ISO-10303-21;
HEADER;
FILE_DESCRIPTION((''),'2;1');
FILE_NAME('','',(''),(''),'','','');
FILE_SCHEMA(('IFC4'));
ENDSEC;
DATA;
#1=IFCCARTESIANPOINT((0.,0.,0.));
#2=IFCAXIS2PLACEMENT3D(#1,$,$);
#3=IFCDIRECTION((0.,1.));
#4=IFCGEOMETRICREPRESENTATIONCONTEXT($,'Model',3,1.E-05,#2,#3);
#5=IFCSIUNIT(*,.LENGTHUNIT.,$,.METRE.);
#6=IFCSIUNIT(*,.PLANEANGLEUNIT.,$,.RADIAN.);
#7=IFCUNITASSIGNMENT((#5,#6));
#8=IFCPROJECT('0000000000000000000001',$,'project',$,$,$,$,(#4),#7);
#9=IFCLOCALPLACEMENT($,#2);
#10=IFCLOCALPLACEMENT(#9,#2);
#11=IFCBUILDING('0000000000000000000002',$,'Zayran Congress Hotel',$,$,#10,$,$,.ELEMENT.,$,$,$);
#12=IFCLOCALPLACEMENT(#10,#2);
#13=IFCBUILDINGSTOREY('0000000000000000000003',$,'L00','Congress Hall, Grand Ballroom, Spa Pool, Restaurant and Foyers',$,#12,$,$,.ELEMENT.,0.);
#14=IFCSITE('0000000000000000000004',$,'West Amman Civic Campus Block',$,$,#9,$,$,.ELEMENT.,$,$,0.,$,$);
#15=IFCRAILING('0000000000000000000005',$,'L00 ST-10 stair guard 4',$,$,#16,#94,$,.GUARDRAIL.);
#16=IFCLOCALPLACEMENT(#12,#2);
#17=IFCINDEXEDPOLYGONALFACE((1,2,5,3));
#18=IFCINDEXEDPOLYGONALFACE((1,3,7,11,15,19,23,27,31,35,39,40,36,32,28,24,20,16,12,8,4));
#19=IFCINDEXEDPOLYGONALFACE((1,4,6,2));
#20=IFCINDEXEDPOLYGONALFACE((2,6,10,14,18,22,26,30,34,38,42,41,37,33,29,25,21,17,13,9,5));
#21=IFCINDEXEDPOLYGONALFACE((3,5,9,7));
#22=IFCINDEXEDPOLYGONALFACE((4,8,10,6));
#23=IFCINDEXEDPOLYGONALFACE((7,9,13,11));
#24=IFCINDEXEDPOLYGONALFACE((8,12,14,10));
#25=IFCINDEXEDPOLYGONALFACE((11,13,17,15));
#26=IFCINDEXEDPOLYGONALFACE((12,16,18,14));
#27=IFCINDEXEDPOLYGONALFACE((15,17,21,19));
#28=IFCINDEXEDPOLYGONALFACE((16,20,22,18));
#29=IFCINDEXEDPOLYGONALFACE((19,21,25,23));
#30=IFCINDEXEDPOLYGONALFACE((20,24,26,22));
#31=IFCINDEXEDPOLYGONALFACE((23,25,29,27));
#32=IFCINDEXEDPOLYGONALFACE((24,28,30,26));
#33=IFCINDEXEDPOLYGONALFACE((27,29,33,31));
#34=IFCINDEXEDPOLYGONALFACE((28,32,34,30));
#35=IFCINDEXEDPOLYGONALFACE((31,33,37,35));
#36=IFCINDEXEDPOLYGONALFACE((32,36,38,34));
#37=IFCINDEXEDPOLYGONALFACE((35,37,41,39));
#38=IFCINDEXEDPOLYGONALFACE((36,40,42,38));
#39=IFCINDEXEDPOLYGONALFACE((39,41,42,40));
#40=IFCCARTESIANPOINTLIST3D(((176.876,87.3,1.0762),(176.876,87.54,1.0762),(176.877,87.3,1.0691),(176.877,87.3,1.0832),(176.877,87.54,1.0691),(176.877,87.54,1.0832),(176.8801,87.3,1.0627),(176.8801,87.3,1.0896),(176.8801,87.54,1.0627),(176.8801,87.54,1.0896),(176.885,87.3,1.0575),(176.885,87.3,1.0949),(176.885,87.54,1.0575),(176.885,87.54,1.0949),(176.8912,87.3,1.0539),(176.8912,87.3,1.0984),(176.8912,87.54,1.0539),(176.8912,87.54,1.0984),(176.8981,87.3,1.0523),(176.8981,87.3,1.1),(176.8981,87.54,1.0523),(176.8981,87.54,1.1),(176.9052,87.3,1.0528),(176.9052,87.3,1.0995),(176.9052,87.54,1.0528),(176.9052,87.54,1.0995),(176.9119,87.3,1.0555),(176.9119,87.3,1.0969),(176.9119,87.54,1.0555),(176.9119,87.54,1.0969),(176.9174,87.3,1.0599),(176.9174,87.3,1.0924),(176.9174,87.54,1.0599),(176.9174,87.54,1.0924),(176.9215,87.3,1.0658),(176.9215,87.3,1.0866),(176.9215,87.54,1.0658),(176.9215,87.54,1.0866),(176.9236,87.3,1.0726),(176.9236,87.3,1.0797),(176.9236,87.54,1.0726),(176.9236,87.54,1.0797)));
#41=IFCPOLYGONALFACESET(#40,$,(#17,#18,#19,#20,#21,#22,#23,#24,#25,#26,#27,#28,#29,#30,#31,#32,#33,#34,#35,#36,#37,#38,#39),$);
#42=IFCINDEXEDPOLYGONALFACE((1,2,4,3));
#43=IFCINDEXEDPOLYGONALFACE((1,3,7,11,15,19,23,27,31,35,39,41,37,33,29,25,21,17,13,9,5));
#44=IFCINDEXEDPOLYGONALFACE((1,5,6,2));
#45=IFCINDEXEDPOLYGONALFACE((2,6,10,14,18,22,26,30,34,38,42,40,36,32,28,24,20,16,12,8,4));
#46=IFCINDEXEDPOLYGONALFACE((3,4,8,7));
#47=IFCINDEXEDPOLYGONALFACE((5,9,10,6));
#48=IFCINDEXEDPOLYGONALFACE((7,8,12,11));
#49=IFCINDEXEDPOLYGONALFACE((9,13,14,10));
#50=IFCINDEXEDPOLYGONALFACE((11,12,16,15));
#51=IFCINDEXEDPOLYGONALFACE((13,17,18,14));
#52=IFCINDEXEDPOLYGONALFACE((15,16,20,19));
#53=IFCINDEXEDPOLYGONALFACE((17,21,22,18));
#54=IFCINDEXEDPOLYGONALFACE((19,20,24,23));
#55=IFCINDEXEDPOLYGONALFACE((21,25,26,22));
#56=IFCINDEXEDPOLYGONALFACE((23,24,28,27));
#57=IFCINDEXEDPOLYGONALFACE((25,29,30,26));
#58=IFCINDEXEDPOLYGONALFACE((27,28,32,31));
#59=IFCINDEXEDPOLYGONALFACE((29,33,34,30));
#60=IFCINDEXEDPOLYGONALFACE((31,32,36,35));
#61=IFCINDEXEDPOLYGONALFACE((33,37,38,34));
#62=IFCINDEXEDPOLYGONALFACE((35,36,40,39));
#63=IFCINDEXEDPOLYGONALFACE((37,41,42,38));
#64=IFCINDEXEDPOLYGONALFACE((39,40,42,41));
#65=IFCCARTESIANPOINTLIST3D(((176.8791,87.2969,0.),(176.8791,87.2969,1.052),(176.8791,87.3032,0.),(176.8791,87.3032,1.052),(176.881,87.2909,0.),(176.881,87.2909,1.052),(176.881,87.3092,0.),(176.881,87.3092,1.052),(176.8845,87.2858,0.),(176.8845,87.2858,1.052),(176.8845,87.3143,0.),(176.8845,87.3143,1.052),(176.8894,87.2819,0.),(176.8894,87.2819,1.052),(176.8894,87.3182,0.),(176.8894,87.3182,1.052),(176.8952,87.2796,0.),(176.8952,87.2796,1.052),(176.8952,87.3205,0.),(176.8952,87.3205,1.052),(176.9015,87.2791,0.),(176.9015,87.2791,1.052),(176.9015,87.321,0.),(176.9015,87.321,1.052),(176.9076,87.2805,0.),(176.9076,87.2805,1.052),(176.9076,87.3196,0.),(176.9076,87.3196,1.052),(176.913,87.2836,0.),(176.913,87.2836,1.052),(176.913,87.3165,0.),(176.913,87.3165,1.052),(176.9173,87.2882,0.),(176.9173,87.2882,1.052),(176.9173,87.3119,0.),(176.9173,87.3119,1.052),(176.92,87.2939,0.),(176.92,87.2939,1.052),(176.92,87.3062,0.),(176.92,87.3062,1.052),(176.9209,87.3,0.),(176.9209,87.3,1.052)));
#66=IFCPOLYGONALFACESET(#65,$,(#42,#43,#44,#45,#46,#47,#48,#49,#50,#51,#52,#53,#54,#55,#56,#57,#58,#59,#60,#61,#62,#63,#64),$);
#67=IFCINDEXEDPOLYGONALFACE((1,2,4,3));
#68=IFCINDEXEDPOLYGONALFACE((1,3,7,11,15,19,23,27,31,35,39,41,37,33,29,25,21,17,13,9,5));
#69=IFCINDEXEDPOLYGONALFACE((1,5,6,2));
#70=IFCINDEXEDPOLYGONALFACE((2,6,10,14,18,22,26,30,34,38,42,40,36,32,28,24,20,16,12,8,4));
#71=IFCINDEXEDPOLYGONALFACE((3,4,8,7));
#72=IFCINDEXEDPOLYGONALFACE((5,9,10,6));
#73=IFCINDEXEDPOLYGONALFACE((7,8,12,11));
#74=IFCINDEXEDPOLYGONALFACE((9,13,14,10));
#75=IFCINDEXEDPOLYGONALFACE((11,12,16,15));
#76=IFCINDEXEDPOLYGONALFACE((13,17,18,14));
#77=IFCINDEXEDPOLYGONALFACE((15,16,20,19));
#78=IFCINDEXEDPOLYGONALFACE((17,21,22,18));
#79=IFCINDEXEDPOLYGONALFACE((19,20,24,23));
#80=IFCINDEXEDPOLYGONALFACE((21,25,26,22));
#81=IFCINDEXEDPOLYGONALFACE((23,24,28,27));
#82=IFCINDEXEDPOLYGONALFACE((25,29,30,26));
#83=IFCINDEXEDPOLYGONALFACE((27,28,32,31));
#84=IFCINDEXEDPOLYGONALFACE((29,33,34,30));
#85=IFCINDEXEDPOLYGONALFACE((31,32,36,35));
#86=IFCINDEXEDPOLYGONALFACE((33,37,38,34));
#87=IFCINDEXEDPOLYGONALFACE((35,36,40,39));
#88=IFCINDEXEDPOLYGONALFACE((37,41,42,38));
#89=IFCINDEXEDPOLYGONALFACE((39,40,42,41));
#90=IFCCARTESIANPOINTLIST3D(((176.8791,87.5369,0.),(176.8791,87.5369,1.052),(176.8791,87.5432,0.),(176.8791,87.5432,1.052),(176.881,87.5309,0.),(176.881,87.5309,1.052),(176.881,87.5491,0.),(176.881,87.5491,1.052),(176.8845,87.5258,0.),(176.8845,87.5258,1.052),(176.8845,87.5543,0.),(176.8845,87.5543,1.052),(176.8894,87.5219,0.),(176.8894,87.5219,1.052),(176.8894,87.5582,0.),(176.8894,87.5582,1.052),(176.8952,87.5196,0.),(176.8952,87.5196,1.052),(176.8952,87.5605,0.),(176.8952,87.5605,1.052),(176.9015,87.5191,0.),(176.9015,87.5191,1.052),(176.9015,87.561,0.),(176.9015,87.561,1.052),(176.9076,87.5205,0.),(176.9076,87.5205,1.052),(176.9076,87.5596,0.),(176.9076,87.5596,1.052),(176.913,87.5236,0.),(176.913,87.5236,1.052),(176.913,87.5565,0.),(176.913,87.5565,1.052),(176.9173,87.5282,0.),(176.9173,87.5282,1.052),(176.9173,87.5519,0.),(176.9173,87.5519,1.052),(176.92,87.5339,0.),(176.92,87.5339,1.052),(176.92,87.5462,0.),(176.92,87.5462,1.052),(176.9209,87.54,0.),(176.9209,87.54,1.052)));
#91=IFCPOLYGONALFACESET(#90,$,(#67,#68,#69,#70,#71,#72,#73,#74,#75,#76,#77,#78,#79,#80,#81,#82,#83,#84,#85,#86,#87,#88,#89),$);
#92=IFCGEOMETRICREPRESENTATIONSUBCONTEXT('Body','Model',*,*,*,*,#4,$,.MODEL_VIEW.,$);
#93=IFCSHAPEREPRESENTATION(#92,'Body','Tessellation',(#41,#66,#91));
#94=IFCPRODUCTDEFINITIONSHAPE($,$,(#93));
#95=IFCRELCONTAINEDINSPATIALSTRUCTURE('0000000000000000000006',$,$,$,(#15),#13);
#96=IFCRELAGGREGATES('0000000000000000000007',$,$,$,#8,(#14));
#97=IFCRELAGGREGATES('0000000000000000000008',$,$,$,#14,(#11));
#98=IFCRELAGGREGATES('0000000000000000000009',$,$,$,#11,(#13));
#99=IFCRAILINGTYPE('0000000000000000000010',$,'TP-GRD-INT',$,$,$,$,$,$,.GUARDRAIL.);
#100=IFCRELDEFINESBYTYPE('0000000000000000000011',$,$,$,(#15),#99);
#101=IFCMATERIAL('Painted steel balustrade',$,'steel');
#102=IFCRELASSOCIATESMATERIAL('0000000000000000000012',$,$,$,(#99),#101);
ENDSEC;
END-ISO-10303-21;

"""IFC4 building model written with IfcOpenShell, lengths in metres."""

from ifc_helpers import new_model, si_unit, direction, frame, origin, origin_2d, place, context, subcontext, project, spatial, circle, extrude, material, type_object, element, save


model = new_model("IFC4")

# Units and contexts
model_context = context("Model", 3, precision=1e-05, world=origin(), true_north=direction((0.0, 1.0)))
body_context = subcontext(model_context, "Body", "Model", "MODEL_VIEW")
ifc_project = project(units=[si_unit("LENGTHUNIT", "METRE"), si_unit("PLANEANGLEUNIT", "RADIAN")], contexts=[model_context])

# Site, building, storey
site_placement = place(None, origin())
site = spatial("IfcSite", under=ifc_project, at=site_placement, Name="West Amman Civic Campus Block", CompositionType="ELEMENT", RefElevation=0.0)
building_placement = place(site_placement, origin())
building = spatial("IfcBuilding", under=site, at=building_placement, Name="Zayran Congress Hotel", CompositionType="ELEMENT")
storey_placement = place(building_placement, origin())
storey = spatial("IfcBuildingStorey", under=building, at=storey_placement, Name="L00", Description="Congress Hall, Grand Ballroom, Spa Pool, Restaurant and Foyers", CompositionType="ELEMENT", Elevation=0.0)

# Railing
ifc_material_1 = material(Name="Painted steel balustrade", Category="steel")
railing_type_1 = type_object("IfcRailingType", Name="TP-GRD-INT", PredefinedType="GUARDRAIL", material=ifc_material_1)
railing_1_placement = place(storey_placement, frame((176.8999, 87.3, 0.0)))
element("IfcRailing", 1, at=railing_1_placement, inside=storey, type_object=railing_type_1, Name="L00 ST-10 stair guard 4", PredefinedType="GUARDRAIL", context=body_context, shape_type="SweptSolid", body=[
    extrude(circle(Radius=0.0239, at=origin_2d()), frame((0.0, 0.0, 1.0762), z_axis=(0.0, 1.0, 0.0), x_axis=(-1.0, 0.0, 0.0)), (0.0, 0.0, 1.0), 0.24),
    extrude(circle(Radius=0.021, at=origin_2d()), origin(), (0.0, 0.0, 1.0), 1.052),
    extrude(circle(Radius=0.021, at=origin_2d()), frame((0.0, 0.24, 0.0)), (0.0, 0.0, 1.0), 1.052),
])

save(model, "model.ifc")
